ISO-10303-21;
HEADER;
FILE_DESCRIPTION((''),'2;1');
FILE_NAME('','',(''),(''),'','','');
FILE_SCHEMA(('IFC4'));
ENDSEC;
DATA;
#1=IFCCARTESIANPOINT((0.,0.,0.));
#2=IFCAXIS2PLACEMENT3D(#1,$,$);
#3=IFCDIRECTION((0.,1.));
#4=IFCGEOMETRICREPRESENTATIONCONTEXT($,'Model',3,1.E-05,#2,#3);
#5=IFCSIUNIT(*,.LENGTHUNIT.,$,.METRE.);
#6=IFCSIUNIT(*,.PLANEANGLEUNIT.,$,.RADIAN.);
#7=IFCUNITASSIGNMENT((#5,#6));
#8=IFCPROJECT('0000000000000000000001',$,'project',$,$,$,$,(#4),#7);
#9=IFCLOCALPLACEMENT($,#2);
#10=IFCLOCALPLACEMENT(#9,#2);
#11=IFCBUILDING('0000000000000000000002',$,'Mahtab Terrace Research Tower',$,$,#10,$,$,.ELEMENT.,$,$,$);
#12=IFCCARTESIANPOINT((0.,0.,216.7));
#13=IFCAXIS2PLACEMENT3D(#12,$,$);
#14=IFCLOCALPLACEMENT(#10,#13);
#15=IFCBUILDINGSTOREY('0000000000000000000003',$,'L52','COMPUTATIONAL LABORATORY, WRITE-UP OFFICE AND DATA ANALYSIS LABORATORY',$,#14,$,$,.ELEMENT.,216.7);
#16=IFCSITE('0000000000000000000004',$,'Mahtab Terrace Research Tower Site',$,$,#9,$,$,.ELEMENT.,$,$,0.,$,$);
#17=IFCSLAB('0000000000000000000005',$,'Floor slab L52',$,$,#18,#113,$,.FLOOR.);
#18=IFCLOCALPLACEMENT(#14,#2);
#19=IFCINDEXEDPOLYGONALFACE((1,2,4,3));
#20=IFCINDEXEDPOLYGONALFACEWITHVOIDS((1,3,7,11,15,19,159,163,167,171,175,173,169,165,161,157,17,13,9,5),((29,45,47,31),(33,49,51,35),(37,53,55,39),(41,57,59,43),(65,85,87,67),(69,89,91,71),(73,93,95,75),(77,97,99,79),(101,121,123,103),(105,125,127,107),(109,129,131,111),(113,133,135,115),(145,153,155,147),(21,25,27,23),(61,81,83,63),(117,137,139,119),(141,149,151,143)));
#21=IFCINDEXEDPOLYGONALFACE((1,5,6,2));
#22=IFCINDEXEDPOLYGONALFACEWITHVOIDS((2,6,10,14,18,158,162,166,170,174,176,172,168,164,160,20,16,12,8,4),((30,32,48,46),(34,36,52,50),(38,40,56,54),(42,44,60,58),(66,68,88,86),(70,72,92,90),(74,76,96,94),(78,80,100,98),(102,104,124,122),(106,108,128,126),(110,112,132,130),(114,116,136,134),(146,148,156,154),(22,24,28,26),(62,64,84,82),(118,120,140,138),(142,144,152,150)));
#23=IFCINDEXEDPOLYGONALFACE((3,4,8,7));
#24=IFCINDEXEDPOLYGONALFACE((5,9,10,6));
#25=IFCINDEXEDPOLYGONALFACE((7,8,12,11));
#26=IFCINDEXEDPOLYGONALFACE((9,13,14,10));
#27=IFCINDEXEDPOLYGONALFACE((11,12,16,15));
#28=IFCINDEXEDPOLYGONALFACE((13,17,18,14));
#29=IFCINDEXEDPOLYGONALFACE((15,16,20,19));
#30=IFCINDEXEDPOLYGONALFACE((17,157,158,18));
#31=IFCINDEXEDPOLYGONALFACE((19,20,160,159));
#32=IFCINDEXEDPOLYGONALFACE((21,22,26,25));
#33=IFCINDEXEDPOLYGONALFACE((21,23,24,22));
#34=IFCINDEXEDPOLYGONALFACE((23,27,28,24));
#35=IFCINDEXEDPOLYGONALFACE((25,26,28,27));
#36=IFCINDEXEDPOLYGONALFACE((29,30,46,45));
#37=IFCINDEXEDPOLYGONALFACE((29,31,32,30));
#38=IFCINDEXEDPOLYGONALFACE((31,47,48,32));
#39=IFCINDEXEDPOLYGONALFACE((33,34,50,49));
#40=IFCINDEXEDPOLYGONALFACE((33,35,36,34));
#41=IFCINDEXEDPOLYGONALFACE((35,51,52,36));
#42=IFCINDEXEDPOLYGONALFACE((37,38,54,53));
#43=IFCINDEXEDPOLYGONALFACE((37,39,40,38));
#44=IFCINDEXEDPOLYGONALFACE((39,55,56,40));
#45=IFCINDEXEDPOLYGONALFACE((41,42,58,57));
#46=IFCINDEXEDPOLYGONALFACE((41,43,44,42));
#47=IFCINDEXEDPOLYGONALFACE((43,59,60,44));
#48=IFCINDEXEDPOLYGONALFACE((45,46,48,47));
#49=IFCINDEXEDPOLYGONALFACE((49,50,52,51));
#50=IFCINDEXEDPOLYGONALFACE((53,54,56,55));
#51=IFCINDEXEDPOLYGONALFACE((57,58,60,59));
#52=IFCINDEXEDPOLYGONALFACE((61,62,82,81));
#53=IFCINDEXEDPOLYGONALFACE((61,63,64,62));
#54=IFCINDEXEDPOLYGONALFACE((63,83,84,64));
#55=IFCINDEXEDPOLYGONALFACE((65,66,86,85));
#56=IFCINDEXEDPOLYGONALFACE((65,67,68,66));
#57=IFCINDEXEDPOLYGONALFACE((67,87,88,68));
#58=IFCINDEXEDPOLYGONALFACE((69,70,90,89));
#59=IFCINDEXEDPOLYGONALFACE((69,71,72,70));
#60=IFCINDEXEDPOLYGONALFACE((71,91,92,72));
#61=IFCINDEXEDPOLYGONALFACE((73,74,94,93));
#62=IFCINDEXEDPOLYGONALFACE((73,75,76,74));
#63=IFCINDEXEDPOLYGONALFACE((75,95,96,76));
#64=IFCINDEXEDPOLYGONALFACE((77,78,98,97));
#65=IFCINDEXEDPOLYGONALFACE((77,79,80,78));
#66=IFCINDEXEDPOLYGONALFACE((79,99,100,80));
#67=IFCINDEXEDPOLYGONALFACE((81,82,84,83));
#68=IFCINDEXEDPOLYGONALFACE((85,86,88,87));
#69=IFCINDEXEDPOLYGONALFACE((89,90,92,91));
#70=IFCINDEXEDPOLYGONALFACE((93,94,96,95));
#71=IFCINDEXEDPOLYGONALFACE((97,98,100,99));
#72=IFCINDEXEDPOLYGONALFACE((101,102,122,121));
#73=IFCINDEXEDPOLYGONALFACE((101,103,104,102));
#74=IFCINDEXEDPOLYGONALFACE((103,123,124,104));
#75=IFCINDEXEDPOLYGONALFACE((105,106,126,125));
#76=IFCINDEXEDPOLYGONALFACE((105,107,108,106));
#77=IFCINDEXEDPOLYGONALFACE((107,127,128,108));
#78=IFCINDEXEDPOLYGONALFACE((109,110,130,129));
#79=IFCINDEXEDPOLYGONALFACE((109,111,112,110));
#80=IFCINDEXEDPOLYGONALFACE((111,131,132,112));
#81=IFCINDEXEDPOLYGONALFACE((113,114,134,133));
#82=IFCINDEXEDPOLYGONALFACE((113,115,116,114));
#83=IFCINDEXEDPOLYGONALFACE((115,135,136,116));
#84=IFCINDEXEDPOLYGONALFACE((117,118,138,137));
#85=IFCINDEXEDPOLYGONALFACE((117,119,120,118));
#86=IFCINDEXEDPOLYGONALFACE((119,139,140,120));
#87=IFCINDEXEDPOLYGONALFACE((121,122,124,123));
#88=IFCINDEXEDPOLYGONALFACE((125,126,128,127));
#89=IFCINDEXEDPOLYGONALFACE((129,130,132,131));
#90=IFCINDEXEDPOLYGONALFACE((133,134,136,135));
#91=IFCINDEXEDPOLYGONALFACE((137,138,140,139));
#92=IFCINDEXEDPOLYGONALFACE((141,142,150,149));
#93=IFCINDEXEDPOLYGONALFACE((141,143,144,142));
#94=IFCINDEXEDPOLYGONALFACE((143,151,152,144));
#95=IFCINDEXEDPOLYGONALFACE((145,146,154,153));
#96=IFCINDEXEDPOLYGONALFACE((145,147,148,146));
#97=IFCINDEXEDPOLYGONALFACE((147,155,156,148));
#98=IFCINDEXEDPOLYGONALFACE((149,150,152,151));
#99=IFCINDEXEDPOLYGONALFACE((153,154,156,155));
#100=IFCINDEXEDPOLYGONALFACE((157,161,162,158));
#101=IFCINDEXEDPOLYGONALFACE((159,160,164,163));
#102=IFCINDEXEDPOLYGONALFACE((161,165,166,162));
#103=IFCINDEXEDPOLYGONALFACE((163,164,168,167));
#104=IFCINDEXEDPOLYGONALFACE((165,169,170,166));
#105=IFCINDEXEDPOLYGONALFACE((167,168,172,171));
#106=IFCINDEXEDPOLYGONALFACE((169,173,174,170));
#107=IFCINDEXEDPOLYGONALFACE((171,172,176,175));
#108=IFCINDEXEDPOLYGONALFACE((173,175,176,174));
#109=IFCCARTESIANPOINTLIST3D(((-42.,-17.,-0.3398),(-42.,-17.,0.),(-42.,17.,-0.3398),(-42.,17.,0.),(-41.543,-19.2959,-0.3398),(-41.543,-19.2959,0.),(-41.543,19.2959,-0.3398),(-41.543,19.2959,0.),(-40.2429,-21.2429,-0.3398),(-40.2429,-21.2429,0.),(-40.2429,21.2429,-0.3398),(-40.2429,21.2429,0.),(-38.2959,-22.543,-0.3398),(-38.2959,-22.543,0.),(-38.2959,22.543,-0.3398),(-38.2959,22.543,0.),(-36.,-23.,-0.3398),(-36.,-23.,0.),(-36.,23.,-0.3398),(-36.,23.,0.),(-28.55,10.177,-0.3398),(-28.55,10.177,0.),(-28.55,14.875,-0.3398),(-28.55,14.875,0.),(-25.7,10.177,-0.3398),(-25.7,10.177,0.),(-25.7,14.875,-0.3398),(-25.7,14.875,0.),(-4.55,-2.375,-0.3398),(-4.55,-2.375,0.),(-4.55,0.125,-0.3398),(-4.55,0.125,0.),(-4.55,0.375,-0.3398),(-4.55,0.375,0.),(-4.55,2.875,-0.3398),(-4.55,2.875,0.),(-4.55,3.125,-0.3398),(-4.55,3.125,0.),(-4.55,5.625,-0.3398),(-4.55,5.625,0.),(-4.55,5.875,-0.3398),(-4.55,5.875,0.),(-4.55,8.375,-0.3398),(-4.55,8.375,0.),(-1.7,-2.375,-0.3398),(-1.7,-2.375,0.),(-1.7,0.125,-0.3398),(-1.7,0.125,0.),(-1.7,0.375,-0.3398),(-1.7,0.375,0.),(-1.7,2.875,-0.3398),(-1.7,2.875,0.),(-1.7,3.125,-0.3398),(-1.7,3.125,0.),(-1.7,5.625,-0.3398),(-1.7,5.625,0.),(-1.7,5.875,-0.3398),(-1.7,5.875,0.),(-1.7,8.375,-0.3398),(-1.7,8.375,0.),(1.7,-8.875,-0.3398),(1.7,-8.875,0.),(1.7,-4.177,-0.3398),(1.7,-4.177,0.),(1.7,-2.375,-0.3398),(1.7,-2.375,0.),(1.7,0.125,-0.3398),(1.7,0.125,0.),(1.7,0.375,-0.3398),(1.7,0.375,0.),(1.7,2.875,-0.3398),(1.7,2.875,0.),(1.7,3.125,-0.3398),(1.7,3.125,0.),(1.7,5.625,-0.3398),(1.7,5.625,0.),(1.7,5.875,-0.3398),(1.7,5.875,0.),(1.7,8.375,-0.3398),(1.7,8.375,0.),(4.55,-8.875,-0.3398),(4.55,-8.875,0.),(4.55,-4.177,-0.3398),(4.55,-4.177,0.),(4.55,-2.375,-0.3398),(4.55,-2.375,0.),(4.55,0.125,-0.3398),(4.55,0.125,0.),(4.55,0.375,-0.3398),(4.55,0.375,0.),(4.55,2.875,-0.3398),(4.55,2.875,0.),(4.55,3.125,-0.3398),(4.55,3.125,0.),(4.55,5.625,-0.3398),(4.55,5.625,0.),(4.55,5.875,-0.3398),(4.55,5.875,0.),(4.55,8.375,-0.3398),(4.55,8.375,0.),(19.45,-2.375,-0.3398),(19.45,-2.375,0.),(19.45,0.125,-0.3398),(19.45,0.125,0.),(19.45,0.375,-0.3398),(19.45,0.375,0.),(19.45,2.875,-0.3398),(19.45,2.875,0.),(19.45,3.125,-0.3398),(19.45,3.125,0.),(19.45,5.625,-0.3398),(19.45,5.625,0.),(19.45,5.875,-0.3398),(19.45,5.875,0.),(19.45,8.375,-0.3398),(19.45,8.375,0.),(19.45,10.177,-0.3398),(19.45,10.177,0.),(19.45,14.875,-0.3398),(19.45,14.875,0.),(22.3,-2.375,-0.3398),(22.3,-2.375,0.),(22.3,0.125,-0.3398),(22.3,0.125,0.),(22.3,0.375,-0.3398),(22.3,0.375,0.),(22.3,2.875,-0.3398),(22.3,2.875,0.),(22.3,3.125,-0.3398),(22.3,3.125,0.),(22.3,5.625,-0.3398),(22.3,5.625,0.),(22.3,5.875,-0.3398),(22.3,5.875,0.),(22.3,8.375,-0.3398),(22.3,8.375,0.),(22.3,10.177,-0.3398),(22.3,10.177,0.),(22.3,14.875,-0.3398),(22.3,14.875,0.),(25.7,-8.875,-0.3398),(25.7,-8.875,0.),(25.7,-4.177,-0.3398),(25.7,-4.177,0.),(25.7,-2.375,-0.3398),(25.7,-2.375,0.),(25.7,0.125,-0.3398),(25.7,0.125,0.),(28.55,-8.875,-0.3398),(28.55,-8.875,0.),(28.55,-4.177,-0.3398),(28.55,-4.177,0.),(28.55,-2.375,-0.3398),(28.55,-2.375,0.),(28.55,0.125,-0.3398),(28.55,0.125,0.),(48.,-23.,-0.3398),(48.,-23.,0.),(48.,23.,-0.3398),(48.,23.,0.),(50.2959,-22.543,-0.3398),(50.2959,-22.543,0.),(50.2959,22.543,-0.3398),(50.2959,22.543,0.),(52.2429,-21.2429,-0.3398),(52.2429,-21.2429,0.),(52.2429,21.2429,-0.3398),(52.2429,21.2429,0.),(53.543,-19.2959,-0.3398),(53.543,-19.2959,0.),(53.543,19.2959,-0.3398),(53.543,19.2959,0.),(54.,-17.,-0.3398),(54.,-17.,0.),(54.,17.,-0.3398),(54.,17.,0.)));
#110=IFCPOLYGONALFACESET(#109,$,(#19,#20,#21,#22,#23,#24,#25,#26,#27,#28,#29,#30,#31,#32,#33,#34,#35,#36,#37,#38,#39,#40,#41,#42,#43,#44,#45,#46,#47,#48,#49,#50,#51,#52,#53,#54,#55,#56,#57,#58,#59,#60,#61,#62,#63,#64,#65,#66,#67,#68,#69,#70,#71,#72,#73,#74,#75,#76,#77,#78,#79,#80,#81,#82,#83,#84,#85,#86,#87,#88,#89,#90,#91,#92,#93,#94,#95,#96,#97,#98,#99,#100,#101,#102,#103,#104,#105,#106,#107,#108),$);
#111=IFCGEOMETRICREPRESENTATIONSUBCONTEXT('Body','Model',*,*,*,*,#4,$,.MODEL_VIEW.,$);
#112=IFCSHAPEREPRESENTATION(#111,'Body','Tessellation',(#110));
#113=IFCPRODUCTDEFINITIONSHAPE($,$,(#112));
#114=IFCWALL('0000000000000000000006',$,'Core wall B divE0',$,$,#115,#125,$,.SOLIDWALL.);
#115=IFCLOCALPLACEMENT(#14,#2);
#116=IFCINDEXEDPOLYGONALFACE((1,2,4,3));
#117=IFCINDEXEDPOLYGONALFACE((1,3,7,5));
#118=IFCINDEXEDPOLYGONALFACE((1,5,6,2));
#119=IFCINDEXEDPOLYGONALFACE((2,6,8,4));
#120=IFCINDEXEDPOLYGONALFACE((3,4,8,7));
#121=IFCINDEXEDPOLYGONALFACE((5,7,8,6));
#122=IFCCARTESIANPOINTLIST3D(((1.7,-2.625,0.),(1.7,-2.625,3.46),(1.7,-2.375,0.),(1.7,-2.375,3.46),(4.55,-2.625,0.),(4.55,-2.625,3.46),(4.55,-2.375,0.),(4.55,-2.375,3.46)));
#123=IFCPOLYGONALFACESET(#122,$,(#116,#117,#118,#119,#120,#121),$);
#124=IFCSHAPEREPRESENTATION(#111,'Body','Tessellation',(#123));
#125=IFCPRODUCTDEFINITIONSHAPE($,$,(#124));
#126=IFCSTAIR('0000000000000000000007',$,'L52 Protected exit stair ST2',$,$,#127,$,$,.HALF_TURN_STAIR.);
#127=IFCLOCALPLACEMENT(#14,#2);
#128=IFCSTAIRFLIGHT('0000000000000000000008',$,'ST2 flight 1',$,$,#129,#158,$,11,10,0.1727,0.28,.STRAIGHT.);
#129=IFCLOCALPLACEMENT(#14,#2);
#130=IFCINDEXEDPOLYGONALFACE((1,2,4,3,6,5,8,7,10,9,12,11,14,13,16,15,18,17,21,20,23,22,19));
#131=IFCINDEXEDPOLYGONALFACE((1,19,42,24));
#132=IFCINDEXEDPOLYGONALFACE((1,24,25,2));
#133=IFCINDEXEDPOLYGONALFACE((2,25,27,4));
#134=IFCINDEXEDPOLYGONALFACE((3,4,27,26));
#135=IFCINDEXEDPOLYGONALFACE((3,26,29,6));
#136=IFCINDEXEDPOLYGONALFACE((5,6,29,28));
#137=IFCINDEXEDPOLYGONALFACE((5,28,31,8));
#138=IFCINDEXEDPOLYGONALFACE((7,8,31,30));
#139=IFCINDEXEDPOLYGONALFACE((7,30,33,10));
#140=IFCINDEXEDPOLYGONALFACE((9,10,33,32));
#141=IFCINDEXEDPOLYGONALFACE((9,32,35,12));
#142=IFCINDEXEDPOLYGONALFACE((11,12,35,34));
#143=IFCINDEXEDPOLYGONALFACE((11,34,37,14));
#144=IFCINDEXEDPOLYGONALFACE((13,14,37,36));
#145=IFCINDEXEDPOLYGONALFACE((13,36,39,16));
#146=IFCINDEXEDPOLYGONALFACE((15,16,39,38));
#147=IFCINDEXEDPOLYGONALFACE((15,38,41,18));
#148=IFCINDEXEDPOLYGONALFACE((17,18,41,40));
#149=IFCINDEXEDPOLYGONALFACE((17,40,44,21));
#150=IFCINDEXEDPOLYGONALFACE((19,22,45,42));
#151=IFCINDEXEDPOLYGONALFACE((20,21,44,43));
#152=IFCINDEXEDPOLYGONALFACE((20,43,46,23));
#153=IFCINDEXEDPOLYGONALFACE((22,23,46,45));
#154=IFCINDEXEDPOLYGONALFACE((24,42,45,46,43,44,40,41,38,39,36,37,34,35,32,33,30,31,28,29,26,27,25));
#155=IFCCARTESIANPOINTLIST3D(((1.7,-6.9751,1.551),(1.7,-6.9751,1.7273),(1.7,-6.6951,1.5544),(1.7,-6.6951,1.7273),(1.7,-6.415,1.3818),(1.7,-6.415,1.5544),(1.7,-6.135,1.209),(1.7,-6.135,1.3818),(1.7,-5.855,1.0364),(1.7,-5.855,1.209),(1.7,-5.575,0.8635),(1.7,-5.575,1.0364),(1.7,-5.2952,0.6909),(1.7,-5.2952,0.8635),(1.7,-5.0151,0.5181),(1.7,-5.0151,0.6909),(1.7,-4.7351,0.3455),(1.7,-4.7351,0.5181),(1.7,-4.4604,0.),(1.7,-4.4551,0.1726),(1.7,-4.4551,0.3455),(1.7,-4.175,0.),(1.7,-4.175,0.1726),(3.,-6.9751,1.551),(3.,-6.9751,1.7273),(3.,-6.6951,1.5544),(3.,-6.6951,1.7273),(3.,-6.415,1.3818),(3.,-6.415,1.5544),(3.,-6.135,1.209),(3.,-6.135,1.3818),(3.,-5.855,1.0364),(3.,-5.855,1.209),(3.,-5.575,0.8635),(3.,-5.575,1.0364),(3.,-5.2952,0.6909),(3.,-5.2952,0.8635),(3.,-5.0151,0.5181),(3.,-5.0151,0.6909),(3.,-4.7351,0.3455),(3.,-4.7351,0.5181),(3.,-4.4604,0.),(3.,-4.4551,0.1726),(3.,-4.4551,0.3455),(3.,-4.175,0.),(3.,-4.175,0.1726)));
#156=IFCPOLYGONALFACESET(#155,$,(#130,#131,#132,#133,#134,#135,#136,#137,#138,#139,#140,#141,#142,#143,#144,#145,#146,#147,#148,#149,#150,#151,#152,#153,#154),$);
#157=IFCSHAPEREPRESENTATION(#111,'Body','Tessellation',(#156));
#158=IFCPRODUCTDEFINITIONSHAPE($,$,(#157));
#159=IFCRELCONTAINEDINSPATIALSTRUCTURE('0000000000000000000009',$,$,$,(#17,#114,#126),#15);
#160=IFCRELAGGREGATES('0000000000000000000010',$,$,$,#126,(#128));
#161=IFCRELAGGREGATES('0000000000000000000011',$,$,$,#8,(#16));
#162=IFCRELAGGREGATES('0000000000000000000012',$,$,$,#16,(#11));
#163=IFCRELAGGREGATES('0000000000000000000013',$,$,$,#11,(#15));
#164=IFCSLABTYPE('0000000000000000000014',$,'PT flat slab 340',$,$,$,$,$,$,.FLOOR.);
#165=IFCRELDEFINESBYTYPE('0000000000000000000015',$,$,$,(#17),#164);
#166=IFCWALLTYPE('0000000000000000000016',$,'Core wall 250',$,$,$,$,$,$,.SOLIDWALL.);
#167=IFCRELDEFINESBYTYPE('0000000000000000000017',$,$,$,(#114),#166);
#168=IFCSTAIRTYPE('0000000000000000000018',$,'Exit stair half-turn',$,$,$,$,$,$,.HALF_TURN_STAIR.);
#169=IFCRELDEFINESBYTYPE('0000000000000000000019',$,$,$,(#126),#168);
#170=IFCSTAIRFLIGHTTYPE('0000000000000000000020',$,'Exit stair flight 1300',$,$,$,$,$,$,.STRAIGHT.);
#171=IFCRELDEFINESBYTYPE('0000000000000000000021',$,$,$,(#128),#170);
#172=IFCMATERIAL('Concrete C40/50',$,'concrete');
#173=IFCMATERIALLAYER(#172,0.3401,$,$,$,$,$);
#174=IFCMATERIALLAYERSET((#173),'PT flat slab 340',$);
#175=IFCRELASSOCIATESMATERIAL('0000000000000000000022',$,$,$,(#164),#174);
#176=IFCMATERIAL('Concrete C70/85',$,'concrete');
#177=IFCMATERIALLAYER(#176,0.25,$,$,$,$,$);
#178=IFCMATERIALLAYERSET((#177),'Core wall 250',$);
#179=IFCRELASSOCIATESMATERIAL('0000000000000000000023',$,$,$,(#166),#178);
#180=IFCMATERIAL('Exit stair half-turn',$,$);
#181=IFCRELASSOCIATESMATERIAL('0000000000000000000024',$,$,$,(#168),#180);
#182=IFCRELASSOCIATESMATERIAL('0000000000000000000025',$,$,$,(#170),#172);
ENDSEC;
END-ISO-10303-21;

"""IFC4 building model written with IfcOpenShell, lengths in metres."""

from ifc_helpers import new_model, si_unit, direction, frame, frame_2d, origin, place, context, subcontext, project, spatial, polyline, rectangle, outline, extrude, material, layer, layer_set, type_object, element, aggregate, save


model = new_model("IFC4")

# Units and contexts
model_context = context("Model", 3, precision=1e-05, world=origin(), true_north=direction((0.0, 1.0)))
body_context = subcontext(model_context, "Body", "Model", "MODEL_VIEW")
ifc_project = project(units=[si_unit("LENGTHUNIT", "METRE"), si_unit("PLANEANGLEUNIT", "RADIAN")], contexts=[model_context])

# Site, building, storey
site_placement = place(None, origin())
site = spatial("IfcSite", under=ifc_project, at=site_placement, Name="Mahtab Terrace Research Tower Site", CompositionType="ELEMENT", RefElevation=0.0)
building_placement = place(site_placement, origin())
building = spatial("IfcBuilding", under=site, at=building_placement, Name="Mahtab Terrace Research Tower", CompositionType="ELEMENT")
storey_placement = place(building_placement, frame((0.0, 0.0, 216.7)))
storey = spatial("IfcBuildingStorey", under=building, at=storey_placement, Name="L52", Description="COMPUTATIONAL LABORATORY, WRITE-UP OFFICE AND DATA ANALYSIS LABORATORY", CompositionType="ELEMENT", Elevation=216.7)

# Slab
ifc_material_1 = material(Name="Concrete C40/50", Category="concrete")
ifc_layer_1 = layer(ifc_material_1, 0.3401)
ifc_layer_set_1 = layer_set([ifc_layer_1], Name="PT flat slab 340")
slab_type = type_object("IfcSlabType", Name="PT flat slab 340", PredefinedType="FLOOR", material=ifc_layer_set_1)
slab_placement = place(storey_placement, frame((0.0, 0.0, -0.3398)))
element("IfcSlab", 1, at=slab_placement, inside=storey, type_object=slab_type, Name="Floor slab L52", PredefinedType="FLOOR", context=body_context, shape_type="SweptSolid", body=[
    extrude(outline(polyline([(53.543, 19.2959), (52.2429, 21.2429), (50.2959, 22.543), (48.0, 23.0), (-36.0, 23.0), (-38.2959, 22.543), (-40.2429, 21.2429), (-41.543, 19.2959), (-42.0, 17.0), (-42.0, -17.0), (-41.543, -19.2959), (-40.2429, -21.2429), (-38.2959, -22.543), (-36.0, -23.0), (48.0, -23.0), (50.2959, -22.543), (52.2429, -21.2429), (53.543, -19.2959), (54.0, -17.0), (54.0, 17.0), (53.543, 19.2959)]), holes=[polyline([(-4.55, -2.375), (-4.55, 0.125), (-1.7, 0.125), (-1.7, -2.375), (-4.55, -2.375)]), polyline([(1.7, -2.375), (1.7, 0.125), (4.55, 0.125), (4.55, -2.375), (1.7, -2.375)]), polyline([(-4.55, 0.375), (-4.55, 2.875), (-1.7, 2.875), (-1.7, 0.375), (-4.55, 0.375)]), polyline([(1.7, 0.375), (1.7, 2.875), (4.55, 2.875), (4.55, 0.375), (1.7, 0.375)]), polyline([(-4.55, 3.125), (-4.55, 5.625), (-1.7, 5.625), (-1.7, 3.125), (-4.55, 3.125)]), polyline([(1.7, 3.125), (1.7, 5.625), (4.55, 5.625), (4.55, 3.125), (1.7, 3.125)]), polyline([(-4.55, 5.875), (-4.55, 8.375), (-1.7, 8.375), (-1.7, 5.875), (-4.55, 5.875)]), polyline([(1.7, 5.875), (1.7, 8.375), (4.55, 8.375), (4.55, 5.875), (1.7, 5.875)]), polyline([(-28.55, 10.177), (-28.55, 14.875), (-25.7, 14.875), (-25.7, 10.177), (-28.55, 10.177)]), polyline([(1.7, -8.875), (1.7, -4.177), (4.55, -4.177), (4.55, -8.875), (1.7, -8.875)]), polyline([(25.7, -8.875), (25.7, -4.177), (28.55, -4.177), (28.55, -8.875), (25.7, -8.875)]), polyline([(19.45, -2.375), (19.45, 0.125), (22.3, 0.125), (22.3, -2.375), (19.45, -2.375)]), polyline([(25.7, -2.375), (25.7, 0.125), (28.55, 0.125), (28.55, -2.375), (25.7, -2.375)]), polyline([(19.45, 0.375), (19.45, 2.875), (22.3, 2.875), (22.3, 0.375), (19.45, 0.375)]), polyline([(19.45, 3.125), (19.45, 5.625), (22.3, 5.625), (22.3, 3.125), (19.45, 3.125)]), polyline([(19.45, 8.375), (22.3, 8.375), (22.3, 5.875), (19.45, 5.875), (19.45, 8.375)]), polyline([(19.45, 14.875), (22.3, 14.875), (22.3, 10.177), (19.45, 10.177), (19.45, 14.875)])]), origin(), (0.0, 0.0, 1.0), 0.3398),
])

# Wall
ifc_material_2 = material(Name="Concrete C70/85", Category="concrete")
ifc_layer_2 = layer(ifc_material_2, 0.25)
ifc_layer_set_2 = layer_set([ifc_layer_2], Name="Core wall 250")
wall_type = type_object("IfcWallType", Name="Core wall 250", PredefinedType="SOLIDWALL", material=ifc_layer_set_2)
wall_placement = place(storey_placement, frame((1.7, -2.5, 0.0), z_axis=(0.0, 0.0, 1.0), x_axis=(1.0, 0.0, 0.0)))
element("IfcWall", 2, at=wall_placement, inside=storey, type_object=wall_type, Name="Core wall B divE0", PredefinedType="SOLIDWALL", context=body_context, shape_type="SweptSolid", body=[
    extrude(rectangle(XDim=2.8501, YDim=0.25, at=frame_2d((1.425, 0.0))), origin(), (0.0, 0.0, 1.0), 3.46),
])

# Stair, stair flight
ifc_material_3 = material(Name="Exit stair half-turn")
stair_type = type_object("IfcStairType", Name="Exit stair half-turn", PredefinedType="HALF_TURN_STAIR", material=ifc_material_3)
stair_placement = place(storey_placement, origin())
stair = element("IfcStair", 3, at=stair_placement, inside=storey, type_object=stair_type, Name="L52 Protected exit stair ST2", PredefinedType="HALF_TURN_STAIR")
stair_flight_type = type_object("IfcStairFlightType", Name="Exit stair flight 1300", PredefinedType="STRAIGHT", material=ifc_material_1)
stair_flight_1_placement = place(storey_placement, frame((2.3501, -4.175, 0.0), z_axis=(0.0, 0.0, 1.0), x_axis=(0.0, -1.0, 0.0)))
stair_flight_1 = element("IfcStairFlight", 4, at=stair_flight_1_placement, type_object=stair_flight_type, Name="ST2 flight 1", NumberOfRisers=11, NumberOfTreads=10, PredefinedType="STRAIGHT", RiserHeight=0.1727, TreadLength=0.28, context=body_context, shape_type="SweptSolid", body=[
    extrude(outline(polyline([(0.0, 0.0), (0.0, 0.1726), (0.28, 0.1726), (0.28, 0.3455), (0.5601, 0.3455), (0.5601, 0.5181), (0.8401, 0.5181), (0.8401, 0.6909), (1.1201, 0.6909), (1.1201, 0.8635), (1.3999, 0.8635), (1.3999, 1.0364), (1.6799, 1.0364), (1.6799, 1.209), (1.96, 1.209), (1.96, 1.3818), (2.24, 1.3818), (2.24, 1.5544), (2.52, 1.5544), (2.52, 1.7273), (2.8, 1.7273), (2.8, 1.8999), (2.8, 1.551), (0.2854, 0.0), (0.0, 0.0)])), frame((0.0, 0.6499, 0.0), z_axis=(0.0, -1.0, 0.0), x_axis=(1.0, 0.0, 0.0)), (0.0, 0.0, 1.0), 1.3),
])
aggregate(stair, [stair_flight_1])

save(model, "model.ifc")
